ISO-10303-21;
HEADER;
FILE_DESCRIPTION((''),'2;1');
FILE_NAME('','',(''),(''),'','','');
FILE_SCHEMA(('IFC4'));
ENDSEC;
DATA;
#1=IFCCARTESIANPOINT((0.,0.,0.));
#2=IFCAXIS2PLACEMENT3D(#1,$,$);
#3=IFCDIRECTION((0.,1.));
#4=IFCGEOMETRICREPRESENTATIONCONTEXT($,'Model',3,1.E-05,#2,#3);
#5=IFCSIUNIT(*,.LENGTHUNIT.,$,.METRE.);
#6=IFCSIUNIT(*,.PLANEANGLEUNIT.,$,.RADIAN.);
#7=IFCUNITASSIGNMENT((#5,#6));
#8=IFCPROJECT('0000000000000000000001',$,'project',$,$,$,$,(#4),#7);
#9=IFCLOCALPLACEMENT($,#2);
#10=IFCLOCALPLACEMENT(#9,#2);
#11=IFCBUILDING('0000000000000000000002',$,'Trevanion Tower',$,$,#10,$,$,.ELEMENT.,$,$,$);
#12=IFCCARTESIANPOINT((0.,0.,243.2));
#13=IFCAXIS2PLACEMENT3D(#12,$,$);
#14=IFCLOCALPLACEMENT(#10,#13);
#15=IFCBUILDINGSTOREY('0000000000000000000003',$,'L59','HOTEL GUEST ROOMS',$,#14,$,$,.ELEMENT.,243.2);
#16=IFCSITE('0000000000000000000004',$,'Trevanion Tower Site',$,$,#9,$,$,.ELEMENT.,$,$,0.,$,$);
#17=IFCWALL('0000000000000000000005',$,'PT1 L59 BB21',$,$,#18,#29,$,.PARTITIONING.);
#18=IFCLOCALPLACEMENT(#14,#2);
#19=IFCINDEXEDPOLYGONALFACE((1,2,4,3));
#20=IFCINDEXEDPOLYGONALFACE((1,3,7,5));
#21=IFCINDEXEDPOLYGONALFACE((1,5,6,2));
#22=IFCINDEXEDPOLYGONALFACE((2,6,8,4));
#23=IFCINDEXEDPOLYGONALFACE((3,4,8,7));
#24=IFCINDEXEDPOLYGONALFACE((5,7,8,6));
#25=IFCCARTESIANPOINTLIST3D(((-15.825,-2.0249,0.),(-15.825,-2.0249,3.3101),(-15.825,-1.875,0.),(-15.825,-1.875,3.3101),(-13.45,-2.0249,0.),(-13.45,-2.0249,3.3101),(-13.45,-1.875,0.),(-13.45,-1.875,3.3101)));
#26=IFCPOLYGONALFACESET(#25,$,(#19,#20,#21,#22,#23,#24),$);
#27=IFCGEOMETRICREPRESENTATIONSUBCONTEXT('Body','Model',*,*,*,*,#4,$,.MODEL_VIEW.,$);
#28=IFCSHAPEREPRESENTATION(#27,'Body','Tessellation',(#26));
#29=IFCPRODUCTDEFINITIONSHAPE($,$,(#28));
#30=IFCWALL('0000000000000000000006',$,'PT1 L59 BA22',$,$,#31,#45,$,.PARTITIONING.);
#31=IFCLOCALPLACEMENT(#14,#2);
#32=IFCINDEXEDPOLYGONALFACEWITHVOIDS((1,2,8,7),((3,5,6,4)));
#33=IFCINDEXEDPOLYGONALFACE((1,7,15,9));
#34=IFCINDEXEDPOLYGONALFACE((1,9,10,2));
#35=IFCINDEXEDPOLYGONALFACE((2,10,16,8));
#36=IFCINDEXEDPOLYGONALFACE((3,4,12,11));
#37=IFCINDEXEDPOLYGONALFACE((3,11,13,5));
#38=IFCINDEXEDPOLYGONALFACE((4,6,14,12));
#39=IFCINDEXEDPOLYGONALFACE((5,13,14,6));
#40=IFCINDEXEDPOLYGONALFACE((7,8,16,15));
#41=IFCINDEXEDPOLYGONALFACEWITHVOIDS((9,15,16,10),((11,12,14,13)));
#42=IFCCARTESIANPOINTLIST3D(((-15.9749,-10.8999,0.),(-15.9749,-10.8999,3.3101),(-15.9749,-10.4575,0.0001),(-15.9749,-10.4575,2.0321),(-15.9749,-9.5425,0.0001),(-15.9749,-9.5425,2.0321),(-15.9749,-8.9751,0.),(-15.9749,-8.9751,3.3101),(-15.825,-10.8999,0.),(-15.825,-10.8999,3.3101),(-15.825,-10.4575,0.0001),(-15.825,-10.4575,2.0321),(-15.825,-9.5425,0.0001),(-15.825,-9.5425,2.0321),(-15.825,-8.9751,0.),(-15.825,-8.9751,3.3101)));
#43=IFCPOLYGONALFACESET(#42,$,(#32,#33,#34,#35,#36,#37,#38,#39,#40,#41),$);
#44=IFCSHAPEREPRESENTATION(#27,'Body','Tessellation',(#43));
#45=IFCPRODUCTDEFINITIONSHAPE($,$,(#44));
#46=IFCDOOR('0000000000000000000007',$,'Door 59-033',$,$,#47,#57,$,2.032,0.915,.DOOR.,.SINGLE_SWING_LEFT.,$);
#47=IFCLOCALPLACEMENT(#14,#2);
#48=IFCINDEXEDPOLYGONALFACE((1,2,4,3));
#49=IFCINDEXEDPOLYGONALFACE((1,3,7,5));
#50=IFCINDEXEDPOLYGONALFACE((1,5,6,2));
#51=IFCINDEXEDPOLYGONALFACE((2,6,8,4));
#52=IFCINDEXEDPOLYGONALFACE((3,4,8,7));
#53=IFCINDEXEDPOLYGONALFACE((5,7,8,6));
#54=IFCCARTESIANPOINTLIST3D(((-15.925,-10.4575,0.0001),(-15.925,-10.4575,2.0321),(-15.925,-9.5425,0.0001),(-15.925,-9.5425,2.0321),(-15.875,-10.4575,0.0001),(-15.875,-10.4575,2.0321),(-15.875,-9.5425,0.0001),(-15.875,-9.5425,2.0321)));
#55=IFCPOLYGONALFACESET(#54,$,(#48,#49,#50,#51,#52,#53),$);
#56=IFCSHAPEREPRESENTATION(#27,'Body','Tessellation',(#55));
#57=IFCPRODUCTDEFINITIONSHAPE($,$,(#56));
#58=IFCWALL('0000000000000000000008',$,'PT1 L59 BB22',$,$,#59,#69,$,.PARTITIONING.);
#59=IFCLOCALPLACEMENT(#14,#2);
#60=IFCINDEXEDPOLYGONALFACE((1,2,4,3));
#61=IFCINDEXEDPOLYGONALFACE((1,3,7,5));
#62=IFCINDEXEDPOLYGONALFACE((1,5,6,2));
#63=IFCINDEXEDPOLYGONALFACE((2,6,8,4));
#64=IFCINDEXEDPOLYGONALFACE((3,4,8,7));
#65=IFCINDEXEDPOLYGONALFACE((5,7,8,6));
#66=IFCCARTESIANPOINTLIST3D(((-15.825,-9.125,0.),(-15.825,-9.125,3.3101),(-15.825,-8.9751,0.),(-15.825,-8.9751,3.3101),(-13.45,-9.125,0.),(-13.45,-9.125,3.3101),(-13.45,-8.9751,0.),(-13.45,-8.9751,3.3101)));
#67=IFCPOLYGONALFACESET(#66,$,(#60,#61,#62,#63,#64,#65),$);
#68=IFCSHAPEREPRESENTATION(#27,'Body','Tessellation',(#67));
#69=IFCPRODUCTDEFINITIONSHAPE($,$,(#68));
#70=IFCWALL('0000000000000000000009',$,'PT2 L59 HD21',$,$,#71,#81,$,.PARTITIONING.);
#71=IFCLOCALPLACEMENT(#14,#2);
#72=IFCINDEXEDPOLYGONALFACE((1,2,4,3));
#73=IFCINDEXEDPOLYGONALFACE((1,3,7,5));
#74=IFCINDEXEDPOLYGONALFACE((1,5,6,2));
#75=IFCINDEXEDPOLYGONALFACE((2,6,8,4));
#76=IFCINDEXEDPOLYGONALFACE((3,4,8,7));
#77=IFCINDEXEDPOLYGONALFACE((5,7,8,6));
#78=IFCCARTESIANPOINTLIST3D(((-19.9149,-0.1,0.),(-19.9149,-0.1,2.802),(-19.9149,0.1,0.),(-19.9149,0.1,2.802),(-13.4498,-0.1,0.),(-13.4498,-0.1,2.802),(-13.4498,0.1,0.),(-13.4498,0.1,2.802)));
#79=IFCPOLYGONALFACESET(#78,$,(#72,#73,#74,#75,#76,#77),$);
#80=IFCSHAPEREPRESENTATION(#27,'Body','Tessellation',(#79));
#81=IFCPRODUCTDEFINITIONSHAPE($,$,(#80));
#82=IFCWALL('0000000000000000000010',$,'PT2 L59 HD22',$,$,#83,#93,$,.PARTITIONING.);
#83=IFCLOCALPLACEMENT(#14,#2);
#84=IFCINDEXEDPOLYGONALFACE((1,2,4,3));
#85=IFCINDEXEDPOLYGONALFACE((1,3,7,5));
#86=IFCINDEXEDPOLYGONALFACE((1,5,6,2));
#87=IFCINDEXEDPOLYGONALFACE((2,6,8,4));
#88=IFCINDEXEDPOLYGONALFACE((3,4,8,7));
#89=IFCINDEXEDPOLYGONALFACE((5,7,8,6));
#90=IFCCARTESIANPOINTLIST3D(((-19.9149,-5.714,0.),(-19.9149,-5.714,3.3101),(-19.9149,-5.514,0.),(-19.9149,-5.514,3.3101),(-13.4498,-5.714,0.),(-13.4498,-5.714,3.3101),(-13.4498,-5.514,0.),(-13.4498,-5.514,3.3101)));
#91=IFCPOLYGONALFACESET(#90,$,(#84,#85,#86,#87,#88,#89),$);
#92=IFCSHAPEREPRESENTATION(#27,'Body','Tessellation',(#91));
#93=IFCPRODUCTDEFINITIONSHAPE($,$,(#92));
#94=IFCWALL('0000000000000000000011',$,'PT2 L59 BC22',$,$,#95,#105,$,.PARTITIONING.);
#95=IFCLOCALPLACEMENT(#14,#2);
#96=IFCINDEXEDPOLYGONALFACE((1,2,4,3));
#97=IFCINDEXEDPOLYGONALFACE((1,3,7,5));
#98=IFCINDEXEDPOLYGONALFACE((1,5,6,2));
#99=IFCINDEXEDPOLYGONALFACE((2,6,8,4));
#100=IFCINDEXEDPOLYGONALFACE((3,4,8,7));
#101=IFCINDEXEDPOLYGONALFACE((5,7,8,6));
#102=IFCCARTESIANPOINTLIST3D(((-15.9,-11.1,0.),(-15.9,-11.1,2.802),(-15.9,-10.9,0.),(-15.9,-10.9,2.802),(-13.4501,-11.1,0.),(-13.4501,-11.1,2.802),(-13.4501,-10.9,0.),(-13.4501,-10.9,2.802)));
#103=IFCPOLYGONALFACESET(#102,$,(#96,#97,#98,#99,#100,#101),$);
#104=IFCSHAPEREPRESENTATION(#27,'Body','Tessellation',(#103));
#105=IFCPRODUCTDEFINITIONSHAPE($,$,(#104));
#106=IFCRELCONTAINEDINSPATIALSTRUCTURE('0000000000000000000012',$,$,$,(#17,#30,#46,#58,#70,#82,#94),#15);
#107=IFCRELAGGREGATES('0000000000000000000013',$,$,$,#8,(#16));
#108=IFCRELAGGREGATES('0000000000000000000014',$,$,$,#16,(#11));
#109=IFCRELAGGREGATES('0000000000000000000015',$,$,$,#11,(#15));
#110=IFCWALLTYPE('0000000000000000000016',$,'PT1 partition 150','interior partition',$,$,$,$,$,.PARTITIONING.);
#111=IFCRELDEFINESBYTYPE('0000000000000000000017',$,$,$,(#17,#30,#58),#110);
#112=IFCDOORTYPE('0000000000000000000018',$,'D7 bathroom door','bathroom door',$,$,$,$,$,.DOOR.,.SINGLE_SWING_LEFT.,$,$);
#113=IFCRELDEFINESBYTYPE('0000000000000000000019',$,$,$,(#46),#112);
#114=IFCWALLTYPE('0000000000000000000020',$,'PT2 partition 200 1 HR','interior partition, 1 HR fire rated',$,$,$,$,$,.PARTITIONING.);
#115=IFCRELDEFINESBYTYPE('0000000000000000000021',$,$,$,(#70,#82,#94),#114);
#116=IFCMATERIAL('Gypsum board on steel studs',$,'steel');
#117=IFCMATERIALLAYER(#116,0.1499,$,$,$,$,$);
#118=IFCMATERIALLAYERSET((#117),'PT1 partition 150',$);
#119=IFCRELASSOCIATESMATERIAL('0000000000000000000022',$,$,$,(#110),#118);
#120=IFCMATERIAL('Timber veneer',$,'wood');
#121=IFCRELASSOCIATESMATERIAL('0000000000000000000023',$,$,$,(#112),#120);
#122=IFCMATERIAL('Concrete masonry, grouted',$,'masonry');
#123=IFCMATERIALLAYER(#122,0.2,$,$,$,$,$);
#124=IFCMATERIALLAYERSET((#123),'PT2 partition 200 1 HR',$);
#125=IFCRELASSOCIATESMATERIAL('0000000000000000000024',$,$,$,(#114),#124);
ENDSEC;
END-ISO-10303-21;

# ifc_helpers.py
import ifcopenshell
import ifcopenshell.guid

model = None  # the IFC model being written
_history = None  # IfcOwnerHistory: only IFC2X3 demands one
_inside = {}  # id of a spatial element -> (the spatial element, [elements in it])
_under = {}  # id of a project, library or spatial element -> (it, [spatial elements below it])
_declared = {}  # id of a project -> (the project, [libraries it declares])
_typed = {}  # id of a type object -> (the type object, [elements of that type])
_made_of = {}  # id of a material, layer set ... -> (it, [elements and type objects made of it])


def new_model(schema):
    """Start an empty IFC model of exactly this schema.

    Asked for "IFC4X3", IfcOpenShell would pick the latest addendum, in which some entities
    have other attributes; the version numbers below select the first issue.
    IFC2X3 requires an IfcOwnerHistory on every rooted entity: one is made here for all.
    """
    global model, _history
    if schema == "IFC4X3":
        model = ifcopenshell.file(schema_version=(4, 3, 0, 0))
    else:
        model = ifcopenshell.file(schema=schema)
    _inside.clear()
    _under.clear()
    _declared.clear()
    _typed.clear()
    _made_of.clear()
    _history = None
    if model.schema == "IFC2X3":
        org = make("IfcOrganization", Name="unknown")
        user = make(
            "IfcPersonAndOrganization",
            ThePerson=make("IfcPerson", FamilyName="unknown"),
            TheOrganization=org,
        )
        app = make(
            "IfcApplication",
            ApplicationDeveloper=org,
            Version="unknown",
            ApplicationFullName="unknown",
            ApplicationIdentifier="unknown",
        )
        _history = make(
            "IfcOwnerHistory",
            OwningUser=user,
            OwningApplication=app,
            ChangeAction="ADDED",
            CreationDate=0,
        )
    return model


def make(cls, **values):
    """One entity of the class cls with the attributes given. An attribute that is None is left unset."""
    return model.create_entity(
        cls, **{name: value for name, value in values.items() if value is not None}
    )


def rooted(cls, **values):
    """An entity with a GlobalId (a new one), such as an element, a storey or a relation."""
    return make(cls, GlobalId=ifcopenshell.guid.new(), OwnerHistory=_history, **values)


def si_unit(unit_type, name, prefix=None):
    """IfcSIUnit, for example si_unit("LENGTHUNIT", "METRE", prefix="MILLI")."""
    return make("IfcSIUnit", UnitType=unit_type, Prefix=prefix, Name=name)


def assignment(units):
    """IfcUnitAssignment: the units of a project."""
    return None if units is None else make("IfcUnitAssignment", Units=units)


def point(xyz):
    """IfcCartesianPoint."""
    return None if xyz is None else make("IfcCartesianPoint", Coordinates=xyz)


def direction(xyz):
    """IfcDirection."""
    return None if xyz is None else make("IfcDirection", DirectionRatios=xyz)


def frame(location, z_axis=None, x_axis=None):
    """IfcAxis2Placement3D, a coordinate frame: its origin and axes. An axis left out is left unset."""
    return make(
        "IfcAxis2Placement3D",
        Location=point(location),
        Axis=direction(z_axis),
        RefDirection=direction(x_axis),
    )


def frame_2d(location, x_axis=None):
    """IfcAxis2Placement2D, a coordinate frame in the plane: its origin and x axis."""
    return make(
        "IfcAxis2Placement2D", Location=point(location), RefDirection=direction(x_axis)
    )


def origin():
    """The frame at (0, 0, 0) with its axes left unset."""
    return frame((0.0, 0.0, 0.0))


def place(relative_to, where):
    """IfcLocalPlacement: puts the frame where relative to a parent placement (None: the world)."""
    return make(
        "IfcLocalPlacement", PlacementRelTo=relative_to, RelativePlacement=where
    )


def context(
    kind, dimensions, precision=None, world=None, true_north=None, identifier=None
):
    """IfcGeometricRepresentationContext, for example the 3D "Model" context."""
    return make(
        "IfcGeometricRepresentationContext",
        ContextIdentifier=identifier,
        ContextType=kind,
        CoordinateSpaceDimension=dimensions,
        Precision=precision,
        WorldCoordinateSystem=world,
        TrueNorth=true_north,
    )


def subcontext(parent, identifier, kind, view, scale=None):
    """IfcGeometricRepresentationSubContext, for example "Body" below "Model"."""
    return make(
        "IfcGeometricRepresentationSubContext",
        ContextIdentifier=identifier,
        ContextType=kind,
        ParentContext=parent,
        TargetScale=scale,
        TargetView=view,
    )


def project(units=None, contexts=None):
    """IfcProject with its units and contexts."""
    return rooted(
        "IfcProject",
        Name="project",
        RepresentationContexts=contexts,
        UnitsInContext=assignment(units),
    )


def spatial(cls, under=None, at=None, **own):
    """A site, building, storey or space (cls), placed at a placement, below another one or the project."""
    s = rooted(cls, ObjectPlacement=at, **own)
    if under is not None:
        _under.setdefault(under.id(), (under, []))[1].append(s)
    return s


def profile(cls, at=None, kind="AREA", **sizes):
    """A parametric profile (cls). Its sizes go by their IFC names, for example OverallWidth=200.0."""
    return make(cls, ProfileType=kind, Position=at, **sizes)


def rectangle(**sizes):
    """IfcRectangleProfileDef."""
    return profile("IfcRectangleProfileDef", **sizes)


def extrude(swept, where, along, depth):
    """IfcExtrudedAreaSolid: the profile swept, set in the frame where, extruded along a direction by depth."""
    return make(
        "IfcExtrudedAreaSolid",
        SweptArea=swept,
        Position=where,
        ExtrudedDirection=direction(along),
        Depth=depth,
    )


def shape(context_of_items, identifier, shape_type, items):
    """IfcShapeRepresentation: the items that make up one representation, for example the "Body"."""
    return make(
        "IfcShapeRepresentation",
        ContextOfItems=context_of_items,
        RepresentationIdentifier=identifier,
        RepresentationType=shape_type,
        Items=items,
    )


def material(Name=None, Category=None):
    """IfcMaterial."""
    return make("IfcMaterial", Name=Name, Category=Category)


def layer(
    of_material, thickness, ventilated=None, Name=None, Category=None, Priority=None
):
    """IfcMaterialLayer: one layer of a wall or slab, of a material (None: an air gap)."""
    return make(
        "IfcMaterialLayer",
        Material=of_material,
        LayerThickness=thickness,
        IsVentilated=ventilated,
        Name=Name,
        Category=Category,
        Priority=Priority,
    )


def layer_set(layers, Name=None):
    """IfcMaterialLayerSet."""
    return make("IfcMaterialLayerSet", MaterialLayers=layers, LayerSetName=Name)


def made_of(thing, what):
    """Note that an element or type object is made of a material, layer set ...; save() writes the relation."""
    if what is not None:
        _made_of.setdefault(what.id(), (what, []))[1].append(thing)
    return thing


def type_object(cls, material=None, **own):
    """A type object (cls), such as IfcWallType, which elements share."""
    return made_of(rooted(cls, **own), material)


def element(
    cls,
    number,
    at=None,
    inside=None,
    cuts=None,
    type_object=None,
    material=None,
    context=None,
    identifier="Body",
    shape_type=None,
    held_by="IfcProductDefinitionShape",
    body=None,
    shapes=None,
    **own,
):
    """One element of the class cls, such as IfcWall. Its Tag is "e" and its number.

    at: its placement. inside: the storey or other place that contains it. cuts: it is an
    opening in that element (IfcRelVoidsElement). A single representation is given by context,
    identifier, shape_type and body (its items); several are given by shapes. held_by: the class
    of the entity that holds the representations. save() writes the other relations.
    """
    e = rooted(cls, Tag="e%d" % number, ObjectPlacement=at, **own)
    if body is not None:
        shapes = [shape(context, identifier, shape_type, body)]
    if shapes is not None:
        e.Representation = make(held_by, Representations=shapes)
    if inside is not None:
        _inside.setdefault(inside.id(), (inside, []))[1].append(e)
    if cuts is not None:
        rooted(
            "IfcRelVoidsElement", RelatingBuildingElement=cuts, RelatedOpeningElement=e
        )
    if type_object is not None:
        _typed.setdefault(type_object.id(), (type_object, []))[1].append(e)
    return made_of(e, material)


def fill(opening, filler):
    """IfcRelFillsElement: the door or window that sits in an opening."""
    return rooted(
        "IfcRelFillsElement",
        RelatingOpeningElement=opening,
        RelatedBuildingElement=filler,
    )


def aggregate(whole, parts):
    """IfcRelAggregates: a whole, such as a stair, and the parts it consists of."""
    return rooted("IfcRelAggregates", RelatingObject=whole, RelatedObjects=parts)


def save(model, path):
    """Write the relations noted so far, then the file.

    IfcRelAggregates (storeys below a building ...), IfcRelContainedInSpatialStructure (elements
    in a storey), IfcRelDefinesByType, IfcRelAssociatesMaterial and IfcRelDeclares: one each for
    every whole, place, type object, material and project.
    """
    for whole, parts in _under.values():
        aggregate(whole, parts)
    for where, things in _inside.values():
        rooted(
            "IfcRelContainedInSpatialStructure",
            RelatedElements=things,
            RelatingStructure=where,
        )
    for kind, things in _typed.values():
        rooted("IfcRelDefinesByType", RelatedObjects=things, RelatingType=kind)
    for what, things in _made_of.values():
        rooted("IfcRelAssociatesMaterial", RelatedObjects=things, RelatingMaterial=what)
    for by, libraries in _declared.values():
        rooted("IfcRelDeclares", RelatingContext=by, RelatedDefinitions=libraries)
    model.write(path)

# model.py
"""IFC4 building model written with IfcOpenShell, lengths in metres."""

from ifc_helpers import new_model, si_unit, direction, frame, frame_2d, origin, place, context, subcontext, project, spatial, rectangle, extrude, material, layer, layer_set, type_object, element, fill, save


model = new_model("IFC4")

# Units and contexts
model_context = context("Model", 3, precision=1e-05, world=origin(), true_north=direction((0.0, 1.0)))
body_context = subcontext(model_context, "Body", "Model", "MODEL_VIEW")
ifc_project = project(units=[si_unit("LENGTHUNIT", "METRE"), si_unit("PLANEANGLEUNIT", "RADIAN")], contexts=[model_context])

# Site, building, storey
site_placement = place(None, origin())
site = spatial("IfcSite", under=ifc_project, at=site_placement, Name="Trevanion Tower Site", CompositionType="ELEMENT", RefElevation=0.0)
building_placement = place(site_placement, origin())
building = spatial("IfcBuilding", under=site, at=building_placement, Name="Trevanion Tower", CompositionType="ELEMENT")
storey_placement = place(building_placement, frame((0.0, 0.0, 243.2)))
storey = spatial("IfcBuildingStorey", under=building, at=storey_placement, Name="L59", Description="HOTEL GUEST ROOMS", CompositionType="ELEMENT", Elevation=243.2)

# Shared definitions
ifc_material_1 = material(Name="Gypsum board on steel studs", Category="steel")
ifc_layer_1 = layer(ifc_material_1, 0.1499)
ifc_layer_set_1 = layer_set([ifc_layer_1], Name="PT1 partition 150")
wall_type_1 = type_object("IfcWallType", Name="PT1 partition 150", Description="interior partition", PredefinedType="PARTITIONING", material=ifc_layer_set_1)
ifc_material_2 = material(Name="Timber veneer", Category="wood")
door_type = type_object("IfcDoorType", Name="D7 bathroom door", Description="bathroom door", OperationType="SINGLE_SWING_LEFT", PredefinedType="DOOR", material=ifc_material_2)

# Wall
wall_1_placement = place(storey_placement, frame((-13.45, -1.95, 0.0), z_axis=(0.0, 0.0, 1.0), x_axis=(-1.0, 0.0, 0.0)))
element("IfcWall", 1, at=wall_1_placement, inside=storey, type_object=wall_type_1, Name="PT1 L59 BB21", PredefinedType="PARTITIONING", context=body_context, shape_type="SweptSolid", body=[
    extrude(rectangle(XDim=2.375, YDim=0.1499, at=frame_2d((1.1875, 0.0))), origin(), (0.0, 0.0, 1.0), 3.3101),
])

# Wall, opening, door
wall_2_placement = place(storey_placement, frame((-15.8999, -8.9751, 0.0), z_axis=(0.0, 0.0, 1.0), x_axis=(0.0, -1.0, 0.0)))
wall_2 = element("IfcWall", 2, at=wall_2_placement, inside=storey, type_object=wall_type_1, Name="PT1 L59 BA22", PredefinedType="PARTITIONING", context=body_context, shape_type="SweptSolid", body=[
    extrude(rectangle(XDim=1.9248, YDim=0.1499, at=frame_2d((0.9624, 0.0))), origin(), (0.0, 0.0, 1.0), 3.3101),
])
opening_1_placement = place(wall_2_placement, frame((0.5674, 0.0, 0.0)))
opening_1 = element("IfcOpeningElement", 3, at=opening_1_placement, cuts=wall_2, PredefinedType="OPENING", context=body_context, shape_type="SweptSolid", body=[
    extrude(rectangle(XDim=0.915, YDim=2.032, at=frame_2d((0.4575, 1.0161))), frame((0.0, 0.085, 0.0), z_axis=(0.0, -1.0, 0.0), x_axis=(1.0, 0.0, 0.0)), (0.0, 0.0, 1.0), 0.1699),
])
door_1_placement = place(opening_1_placement, origin())
door_1 = element("IfcDoor", 4, at=door_1_placement, inside=storey, type_object=door_type, Name="Door 59-033", OperationType="SINGLE_SWING_LEFT", OverallHeight=2.032, OverallWidth=0.915, PredefinedType="DOOR", context=body_context, shape_type="SweptSolid", body=[
    extrude(rectangle(XDim=0.915, YDim=2.032, at=frame_2d((0.4575, 1.0161))), frame((0.0, 0.0249, 0.0), z_axis=(0.0, -1.0, 0.0), x_axis=(1.0, 0.0, 0.0)), (0.0, 0.0, 1.0), 0.05),
])
fill(opening_1, door_1)

# Walls
wall_3_placement = place(storey_placement, frame((-13.45, -9.05, 0.0), z_axis=(0.0, 0.0, 1.0), x_axis=(-1.0, 0.0, 0.0)))
element("IfcWall", 5, at=wall_3_placement, inside=storey, type_object=wall_type_1, Name="PT1 L59 BB22", PredefinedType="PARTITIONING", context=body_context, shape_type="SweptSolid", body=[
    extrude(rectangle(XDim=2.375, YDim=0.1499, at=frame_2d((1.1875, 0.0))), origin(), (0.0, 0.0, 1.0), 3.3101),
])
ifc_material_3 = material(Name="Concrete masonry, grouted", Category="masonry")
ifc_layer_2 = layer(ifc_material_3, 0.2)
ifc_layer_set_2 = layer_set([ifc_layer_2], Name="PT2 partition 200 1 HR")
wall_type_2 = type_object("IfcWallType", Name="PT2 partition 200 1 HR", Description="interior partition, 1 HR fire rated", PredefinedType="PARTITIONING", material=ifc_layer_set_2)
wall_4_placement = place(storey_placement, frame((-13.45, 0.0, 0.0), z_axis=(0.0, 0.0, 1.0), x_axis=(-1.0, 0.0, 0.0)))
element("IfcWall", 6, at=wall_4_placement, inside=storey, type_object=wall_type_2, Name="PT2 L59 HD21", PredefinedType="PARTITIONING", context=body_context, shape_type="SweptSolid", body=[
    extrude(rectangle(XDim=6.4651, YDim=0.2, at=frame_2d((3.2324, 0.0))), origin(), (0.0, 0.0, 1.0), 2.802),
])
wall_5_placement = place(storey_placement, frame((-13.45, -5.614, 0.0), z_axis=(0.0, 0.0, 1.0), x_axis=(-1.0, 0.0, 0.0)))
element("IfcWall", 7, at=wall_5_placement, inside=storey, type_object=wall_type_2, Name="PT2 L59 HD22", PredefinedType="PARTITIONING", context=body_context, shape_type="SweptSolid", body=[
    extrude(rectangle(XDim=6.4651, YDim=0.2, at=frame_2d((3.2324, 0.0))), origin(), (0.0, 0.0, 1.0), 3.3101),
])
wall_6_placement = place(storey_placement, frame((-13.45, -11.0, 0.0), z_axis=(0.0, 0.0, 1.0), x_axis=(-1.0, 0.0, 0.0)))
element("IfcWall", 8, at=wall_6_placement, inside=storey, type_object=wall_type_2, Name="PT2 L59 BC22", PredefinedType="PARTITIONING", context=body_context, shape_type="SweptSolid", body=[
    extrude(rectangle(XDim=2.45, YDim=0.2, at=frame_2d((1.2251, 0.0))), origin(), (0.0, 0.0, 1.0), 2.802),
])

save(model, "model.ifc")
